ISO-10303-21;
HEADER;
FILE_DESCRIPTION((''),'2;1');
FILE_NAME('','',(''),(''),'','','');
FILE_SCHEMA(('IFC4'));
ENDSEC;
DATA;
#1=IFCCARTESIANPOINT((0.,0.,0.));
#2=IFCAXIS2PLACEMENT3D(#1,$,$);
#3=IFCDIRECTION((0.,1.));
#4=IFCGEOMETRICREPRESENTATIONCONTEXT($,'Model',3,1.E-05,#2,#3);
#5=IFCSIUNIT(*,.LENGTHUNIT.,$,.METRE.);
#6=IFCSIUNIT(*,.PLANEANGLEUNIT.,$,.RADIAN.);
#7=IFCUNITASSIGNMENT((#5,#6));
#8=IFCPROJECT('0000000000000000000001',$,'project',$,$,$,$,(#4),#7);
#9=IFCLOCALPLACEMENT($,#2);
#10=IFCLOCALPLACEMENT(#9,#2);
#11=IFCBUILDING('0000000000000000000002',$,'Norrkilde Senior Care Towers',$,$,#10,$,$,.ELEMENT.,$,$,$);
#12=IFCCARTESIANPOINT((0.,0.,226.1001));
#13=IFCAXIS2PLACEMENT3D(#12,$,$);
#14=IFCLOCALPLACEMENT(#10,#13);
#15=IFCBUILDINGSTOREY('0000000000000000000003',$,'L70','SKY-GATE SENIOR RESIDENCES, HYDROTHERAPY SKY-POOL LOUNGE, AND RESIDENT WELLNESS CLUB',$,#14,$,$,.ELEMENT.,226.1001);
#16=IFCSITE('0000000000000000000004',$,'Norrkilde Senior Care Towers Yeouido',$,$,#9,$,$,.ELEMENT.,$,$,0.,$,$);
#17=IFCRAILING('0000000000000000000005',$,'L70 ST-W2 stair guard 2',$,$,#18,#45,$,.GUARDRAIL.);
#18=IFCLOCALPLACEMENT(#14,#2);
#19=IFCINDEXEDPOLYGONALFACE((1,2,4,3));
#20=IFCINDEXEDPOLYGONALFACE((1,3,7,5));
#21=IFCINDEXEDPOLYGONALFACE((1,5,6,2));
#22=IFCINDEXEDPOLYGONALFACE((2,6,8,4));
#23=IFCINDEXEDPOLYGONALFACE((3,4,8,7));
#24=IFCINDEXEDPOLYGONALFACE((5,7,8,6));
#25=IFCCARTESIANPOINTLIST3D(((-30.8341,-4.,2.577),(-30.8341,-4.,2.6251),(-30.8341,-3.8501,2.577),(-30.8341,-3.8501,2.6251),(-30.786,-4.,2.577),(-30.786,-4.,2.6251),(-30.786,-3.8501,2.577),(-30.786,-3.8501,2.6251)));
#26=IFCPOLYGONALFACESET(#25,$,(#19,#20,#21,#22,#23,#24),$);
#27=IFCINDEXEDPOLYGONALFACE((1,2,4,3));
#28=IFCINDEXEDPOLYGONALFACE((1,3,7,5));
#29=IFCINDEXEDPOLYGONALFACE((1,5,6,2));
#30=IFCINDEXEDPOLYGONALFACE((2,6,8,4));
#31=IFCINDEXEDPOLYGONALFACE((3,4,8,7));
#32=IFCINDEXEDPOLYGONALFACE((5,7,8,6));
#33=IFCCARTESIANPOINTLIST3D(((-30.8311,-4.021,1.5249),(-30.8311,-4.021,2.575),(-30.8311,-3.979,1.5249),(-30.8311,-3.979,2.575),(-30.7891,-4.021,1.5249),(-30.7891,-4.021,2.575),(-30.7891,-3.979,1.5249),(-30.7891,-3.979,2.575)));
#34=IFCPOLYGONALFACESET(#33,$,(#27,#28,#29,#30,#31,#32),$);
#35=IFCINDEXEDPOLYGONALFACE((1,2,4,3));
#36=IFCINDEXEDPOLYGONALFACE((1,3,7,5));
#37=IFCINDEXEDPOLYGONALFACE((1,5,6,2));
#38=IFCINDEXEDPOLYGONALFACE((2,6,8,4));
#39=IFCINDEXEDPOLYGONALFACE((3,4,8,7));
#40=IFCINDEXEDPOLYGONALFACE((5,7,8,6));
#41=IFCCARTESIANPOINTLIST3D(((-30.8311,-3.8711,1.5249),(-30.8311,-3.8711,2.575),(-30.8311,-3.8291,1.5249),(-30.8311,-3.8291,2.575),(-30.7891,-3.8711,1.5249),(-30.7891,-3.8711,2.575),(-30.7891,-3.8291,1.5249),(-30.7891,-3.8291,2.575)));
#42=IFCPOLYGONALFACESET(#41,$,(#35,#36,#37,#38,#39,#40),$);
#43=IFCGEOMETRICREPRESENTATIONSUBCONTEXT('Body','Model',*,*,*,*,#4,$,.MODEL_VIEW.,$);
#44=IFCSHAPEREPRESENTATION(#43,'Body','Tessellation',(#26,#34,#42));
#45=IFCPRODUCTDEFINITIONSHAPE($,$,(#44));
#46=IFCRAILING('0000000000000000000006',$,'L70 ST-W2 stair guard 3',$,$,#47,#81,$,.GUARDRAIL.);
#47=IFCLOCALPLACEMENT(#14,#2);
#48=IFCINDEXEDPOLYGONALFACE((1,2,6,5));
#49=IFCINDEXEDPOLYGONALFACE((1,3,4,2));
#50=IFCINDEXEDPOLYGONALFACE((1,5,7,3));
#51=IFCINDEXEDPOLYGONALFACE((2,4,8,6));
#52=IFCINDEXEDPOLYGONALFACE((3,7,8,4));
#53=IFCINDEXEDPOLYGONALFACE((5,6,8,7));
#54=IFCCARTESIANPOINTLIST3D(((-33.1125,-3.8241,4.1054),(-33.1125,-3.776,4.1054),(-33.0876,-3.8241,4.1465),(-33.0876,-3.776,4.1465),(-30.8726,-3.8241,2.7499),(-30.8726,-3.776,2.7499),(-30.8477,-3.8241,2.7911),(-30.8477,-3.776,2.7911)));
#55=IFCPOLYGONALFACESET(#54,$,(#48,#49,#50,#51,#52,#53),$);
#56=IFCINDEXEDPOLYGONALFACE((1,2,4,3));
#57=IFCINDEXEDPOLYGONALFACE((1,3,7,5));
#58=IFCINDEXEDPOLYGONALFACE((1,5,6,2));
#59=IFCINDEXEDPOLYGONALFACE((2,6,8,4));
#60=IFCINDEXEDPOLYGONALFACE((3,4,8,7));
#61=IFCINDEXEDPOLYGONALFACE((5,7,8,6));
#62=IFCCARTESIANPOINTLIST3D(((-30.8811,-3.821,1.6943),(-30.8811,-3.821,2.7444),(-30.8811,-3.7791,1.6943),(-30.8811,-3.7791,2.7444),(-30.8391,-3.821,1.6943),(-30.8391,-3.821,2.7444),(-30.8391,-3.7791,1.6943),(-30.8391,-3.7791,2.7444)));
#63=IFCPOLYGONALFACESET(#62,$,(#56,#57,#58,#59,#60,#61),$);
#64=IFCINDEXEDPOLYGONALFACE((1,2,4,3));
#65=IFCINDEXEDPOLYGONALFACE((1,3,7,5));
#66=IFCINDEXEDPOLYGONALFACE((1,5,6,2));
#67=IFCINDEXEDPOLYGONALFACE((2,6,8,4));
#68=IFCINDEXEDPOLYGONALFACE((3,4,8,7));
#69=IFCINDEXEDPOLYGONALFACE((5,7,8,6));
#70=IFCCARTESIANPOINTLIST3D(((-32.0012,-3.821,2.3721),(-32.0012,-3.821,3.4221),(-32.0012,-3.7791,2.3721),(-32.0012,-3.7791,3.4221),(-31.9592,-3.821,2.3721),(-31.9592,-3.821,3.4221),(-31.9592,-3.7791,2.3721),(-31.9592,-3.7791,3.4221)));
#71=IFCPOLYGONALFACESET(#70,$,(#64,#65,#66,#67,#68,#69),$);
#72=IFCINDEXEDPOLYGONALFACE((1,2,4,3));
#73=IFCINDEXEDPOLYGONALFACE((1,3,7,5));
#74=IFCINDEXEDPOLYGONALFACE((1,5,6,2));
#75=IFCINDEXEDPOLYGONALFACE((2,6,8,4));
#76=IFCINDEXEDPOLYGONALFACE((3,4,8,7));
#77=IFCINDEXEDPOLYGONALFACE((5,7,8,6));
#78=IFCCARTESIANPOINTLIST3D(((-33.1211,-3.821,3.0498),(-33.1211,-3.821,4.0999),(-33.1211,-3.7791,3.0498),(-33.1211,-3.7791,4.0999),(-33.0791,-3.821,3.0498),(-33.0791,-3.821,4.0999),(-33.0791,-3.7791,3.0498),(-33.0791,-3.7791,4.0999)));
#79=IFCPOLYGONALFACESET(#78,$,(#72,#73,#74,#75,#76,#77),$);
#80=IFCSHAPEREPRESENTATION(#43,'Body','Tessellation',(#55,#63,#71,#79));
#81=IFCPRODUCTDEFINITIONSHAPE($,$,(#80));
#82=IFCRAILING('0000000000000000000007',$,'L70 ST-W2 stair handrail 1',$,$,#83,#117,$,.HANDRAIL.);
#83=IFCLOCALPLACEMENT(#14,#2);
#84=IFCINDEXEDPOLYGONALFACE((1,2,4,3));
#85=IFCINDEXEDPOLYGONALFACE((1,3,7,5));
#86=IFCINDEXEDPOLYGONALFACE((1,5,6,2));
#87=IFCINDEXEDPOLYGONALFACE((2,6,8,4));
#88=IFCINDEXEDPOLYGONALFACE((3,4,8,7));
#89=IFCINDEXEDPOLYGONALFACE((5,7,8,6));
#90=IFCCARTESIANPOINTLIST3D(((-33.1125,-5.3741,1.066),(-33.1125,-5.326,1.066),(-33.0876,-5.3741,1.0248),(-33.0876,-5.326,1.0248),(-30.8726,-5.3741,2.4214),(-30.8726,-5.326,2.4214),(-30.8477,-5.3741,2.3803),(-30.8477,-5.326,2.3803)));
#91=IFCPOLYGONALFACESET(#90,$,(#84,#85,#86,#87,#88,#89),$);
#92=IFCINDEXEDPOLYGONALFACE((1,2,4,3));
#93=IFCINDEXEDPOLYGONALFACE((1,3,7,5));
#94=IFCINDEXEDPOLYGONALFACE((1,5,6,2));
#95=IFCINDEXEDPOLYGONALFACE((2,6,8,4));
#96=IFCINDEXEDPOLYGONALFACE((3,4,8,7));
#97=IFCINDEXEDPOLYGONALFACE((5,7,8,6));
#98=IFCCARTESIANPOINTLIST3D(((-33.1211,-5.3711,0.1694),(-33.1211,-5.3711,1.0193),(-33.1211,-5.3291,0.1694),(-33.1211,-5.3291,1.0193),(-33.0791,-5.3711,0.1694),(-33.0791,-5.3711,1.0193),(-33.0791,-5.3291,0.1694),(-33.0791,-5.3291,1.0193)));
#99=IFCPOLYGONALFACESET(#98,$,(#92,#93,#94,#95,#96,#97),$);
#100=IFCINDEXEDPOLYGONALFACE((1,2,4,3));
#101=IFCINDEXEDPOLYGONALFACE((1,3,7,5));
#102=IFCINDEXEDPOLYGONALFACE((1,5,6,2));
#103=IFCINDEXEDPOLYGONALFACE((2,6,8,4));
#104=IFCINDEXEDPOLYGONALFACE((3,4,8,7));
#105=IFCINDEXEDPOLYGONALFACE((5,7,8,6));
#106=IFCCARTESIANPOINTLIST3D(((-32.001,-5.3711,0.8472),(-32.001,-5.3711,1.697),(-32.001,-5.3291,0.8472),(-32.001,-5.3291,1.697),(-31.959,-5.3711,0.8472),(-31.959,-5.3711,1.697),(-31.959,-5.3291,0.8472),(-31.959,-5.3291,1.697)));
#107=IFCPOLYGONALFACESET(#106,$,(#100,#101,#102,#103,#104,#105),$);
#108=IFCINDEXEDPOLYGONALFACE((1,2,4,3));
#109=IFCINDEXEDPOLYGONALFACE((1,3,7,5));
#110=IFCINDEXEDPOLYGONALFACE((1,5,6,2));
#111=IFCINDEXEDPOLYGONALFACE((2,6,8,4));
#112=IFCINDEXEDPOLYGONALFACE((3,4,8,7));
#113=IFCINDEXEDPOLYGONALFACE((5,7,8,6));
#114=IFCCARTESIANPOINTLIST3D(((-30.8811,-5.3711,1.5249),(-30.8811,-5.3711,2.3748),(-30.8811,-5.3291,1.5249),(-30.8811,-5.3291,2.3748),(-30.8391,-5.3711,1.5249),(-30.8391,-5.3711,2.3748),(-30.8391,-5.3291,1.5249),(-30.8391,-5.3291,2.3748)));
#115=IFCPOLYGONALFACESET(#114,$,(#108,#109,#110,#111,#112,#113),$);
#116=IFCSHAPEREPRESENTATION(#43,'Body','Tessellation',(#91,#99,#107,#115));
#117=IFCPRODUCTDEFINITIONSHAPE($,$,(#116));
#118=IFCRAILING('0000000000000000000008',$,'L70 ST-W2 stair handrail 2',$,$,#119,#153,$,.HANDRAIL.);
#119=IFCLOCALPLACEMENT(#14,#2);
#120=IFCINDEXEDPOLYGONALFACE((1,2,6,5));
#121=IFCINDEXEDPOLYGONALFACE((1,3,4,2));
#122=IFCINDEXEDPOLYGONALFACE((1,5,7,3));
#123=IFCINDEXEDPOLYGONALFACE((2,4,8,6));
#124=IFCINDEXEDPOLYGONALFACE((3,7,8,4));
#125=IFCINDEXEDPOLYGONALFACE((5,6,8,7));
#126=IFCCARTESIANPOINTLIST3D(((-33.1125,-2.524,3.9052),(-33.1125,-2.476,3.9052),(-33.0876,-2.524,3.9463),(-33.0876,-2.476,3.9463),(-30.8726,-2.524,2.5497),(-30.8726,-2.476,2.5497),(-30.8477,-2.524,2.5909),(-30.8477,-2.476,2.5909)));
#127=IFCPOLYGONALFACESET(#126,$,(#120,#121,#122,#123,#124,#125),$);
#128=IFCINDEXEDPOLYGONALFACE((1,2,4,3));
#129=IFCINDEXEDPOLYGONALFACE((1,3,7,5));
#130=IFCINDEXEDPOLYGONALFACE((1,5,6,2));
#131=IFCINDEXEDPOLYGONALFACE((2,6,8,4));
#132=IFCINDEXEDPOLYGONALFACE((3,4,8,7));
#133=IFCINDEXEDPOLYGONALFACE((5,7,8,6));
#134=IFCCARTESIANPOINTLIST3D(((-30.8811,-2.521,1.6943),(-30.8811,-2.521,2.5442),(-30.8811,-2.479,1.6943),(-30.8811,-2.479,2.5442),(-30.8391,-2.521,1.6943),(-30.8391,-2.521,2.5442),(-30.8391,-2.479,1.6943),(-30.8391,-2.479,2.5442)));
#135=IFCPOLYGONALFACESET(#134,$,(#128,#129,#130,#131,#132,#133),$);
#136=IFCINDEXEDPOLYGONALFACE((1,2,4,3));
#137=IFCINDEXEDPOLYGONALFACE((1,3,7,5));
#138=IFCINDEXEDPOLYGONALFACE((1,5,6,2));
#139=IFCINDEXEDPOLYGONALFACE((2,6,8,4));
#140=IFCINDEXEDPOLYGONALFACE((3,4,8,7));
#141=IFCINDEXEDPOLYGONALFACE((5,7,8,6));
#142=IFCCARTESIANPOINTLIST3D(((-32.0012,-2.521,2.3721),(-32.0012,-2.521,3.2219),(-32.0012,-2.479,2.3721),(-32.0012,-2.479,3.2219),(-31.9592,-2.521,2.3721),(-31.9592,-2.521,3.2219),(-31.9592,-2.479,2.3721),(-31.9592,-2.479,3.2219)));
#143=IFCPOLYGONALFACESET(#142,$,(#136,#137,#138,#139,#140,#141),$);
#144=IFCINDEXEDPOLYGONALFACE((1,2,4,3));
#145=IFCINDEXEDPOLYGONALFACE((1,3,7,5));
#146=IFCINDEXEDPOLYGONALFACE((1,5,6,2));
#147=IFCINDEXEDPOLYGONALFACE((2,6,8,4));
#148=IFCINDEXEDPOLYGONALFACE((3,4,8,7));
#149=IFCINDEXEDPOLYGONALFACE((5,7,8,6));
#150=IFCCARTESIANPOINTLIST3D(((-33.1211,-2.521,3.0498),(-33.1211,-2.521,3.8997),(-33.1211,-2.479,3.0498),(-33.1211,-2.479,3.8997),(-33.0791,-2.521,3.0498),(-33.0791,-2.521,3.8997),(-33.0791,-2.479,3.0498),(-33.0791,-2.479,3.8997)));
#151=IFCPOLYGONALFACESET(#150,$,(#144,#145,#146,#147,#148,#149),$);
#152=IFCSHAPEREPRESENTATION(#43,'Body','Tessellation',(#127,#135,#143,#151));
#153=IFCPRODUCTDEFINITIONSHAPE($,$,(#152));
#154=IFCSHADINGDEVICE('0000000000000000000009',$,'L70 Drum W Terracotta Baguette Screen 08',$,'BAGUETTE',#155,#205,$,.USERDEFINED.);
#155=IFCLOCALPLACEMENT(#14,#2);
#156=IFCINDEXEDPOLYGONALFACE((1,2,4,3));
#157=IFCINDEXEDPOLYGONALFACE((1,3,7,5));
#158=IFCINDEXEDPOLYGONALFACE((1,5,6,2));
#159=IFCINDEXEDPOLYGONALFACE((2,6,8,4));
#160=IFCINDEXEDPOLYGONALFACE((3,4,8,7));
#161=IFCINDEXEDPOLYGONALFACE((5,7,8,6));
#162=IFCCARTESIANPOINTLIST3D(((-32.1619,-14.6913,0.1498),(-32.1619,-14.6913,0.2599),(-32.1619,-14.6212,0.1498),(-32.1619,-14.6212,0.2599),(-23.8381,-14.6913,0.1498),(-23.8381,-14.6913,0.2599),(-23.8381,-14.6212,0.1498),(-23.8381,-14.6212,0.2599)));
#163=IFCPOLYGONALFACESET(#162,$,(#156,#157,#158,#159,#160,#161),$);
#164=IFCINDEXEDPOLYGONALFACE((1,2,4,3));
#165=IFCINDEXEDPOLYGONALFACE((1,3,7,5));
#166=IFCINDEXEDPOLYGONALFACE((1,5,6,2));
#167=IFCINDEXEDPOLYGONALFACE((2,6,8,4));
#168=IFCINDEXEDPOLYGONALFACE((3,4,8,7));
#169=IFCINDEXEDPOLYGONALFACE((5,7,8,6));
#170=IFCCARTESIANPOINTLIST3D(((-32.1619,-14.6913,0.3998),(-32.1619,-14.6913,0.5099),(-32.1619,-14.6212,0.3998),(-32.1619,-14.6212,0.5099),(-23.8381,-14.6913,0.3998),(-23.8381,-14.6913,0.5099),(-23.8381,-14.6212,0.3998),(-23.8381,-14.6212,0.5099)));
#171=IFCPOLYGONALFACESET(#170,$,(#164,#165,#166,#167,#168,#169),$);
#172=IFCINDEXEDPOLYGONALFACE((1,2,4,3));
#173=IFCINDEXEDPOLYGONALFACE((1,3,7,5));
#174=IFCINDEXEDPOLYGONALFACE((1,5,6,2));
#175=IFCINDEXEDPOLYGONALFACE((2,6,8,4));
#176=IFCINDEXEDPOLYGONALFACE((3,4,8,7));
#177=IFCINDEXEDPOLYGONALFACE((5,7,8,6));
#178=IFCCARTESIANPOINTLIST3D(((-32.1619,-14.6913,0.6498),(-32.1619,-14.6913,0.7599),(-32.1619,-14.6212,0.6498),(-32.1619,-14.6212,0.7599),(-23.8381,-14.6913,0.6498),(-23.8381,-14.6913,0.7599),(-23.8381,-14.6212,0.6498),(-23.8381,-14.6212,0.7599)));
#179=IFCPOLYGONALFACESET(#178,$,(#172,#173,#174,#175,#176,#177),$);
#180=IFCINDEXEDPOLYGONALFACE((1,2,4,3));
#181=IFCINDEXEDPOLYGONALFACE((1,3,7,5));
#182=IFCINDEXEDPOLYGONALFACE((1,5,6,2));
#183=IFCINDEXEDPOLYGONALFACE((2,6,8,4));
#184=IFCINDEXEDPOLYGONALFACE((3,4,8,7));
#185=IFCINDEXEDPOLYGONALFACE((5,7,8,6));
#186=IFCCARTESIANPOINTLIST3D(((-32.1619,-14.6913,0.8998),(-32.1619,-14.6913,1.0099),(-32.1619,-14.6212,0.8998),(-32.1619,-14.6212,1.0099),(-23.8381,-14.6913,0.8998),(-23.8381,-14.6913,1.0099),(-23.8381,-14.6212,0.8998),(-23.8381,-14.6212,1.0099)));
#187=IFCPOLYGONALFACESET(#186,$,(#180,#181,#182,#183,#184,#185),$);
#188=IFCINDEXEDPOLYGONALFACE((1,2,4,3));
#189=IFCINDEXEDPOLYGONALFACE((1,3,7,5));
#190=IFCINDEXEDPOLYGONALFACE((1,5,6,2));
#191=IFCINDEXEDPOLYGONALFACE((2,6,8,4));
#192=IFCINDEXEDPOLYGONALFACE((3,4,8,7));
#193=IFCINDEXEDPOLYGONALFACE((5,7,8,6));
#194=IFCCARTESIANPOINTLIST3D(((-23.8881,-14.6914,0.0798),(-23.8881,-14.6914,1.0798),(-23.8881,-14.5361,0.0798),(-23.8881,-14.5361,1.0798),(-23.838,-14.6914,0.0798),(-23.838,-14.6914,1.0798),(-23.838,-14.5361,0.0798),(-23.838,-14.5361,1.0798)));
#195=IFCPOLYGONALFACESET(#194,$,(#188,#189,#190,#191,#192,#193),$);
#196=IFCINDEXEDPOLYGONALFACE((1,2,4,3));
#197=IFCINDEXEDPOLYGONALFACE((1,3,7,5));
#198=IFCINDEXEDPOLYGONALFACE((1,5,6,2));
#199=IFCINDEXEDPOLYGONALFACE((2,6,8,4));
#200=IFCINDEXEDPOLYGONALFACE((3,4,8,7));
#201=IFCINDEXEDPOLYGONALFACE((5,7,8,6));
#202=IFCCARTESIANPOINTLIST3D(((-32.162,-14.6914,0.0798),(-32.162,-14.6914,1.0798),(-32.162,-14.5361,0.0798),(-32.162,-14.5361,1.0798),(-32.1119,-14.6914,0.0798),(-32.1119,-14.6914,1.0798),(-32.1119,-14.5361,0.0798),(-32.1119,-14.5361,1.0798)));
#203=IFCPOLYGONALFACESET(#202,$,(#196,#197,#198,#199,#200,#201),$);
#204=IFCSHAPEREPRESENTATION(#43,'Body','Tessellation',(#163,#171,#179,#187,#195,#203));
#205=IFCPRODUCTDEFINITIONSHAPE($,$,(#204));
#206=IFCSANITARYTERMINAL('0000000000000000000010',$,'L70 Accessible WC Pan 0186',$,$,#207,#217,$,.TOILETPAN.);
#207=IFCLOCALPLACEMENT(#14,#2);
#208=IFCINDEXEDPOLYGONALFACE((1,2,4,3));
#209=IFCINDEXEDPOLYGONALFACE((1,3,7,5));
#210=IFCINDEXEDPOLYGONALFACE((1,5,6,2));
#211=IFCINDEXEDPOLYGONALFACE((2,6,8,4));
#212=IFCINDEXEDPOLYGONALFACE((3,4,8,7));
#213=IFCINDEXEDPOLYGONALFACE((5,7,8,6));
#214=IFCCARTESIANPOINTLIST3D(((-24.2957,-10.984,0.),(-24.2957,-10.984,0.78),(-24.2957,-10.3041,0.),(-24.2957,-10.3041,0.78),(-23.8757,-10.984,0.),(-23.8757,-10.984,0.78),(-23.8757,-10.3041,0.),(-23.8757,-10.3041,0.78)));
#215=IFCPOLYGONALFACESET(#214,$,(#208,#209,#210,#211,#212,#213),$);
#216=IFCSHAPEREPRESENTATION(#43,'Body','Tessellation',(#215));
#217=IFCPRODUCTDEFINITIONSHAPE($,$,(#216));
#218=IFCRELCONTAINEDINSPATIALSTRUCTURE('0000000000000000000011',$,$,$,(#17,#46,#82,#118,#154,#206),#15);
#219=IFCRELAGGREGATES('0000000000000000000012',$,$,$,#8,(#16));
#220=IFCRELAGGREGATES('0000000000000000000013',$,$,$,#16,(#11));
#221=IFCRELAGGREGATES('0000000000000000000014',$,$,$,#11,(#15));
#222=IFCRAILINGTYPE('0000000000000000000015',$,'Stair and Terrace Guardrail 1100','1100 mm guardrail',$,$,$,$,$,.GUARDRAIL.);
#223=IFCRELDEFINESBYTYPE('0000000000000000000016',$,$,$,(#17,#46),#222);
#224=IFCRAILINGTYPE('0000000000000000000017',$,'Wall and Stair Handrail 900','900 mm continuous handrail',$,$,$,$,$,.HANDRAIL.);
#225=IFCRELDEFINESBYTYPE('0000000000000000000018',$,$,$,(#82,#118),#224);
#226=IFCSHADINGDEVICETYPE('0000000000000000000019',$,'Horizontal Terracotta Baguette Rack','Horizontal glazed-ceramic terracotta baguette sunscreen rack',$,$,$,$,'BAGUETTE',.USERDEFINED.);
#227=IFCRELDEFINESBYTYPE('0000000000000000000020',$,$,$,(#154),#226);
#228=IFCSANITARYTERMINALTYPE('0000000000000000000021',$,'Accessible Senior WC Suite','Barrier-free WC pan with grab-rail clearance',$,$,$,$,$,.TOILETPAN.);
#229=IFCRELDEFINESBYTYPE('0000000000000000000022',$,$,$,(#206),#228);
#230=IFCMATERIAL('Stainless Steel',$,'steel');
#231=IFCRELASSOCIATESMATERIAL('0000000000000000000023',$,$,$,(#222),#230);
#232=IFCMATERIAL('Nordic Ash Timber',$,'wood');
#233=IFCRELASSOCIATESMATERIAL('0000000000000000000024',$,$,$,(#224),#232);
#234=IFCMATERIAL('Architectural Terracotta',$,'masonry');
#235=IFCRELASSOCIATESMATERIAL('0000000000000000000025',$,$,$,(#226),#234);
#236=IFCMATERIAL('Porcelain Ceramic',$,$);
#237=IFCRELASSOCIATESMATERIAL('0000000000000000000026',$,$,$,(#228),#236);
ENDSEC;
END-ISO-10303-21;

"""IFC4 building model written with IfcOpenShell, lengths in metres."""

from ifc_helpers import new_model, si_unit, direction, frame, origin, origin_2d, place, context, subcontext, project, spatial, rectangle, extrude, source, transform, mapped, material, type_object, type_shapes, element, save


model = new_model("IFC4")

# Units and contexts
model_context = context("Model", 3, precision=1e-05, world=origin(), true_north=direction((0.0, 1.0)))
body_context = subcontext(model_context, "Body", "Model", "MODEL_VIEW")
ifc_project = project(units=[si_unit("LENGTHUNIT", "METRE"), si_unit("PLANEANGLEUNIT", "RADIAN")], contexts=[model_context])

# Site, building, storey
site_placement = place(None, origin())
site = spatial("IfcSite", under=ifc_project, at=site_placement, Name="Norrkilde Senior Care Towers Yeouido", CompositionType="ELEMENT", RefElevation=0.0)
building_placement = place(site_placement, origin())
building = spatial("IfcBuilding", under=site, at=building_placement, Name="Norrkilde Senior Care Towers", CompositionType="ELEMENT")
storey_placement = place(building_placement, frame((0.0, 0.0, 226.1001)))
storey = spatial("IfcBuildingStorey", under=building, at=storey_placement, Name="L70", Description="SKY-GATE SENIOR RESIDENCES, HYDROTHERAPY SKY-POOL LOUNGE, AND RESIDENT WELLNESS CLUB", CompositionType="ELEMENT", Elevation=226.1001)

# Shared definitions
ifc_material_1 = material(Name="Stainless Steel", Category="steel")

# Railings
railing_type_1 = type_object("IfcRailingType", Name="Stair and Terrace Guardrail 1100", Description="1100 mm guardrail", PredefinedType="GUARDRAIL", material=ifc_material_1)
railing_1_placement = place(storey_placement, frame((-30.8101, -4.0, 1.5249)))
element("IfcRailing", 1, at=railing_1_placement, inside=storey, type_object=railing_type_1, Name="L70 ST-W2 stair guard 2", PredefinedType="GUARDRAIL", context=body_context, shape_type="SweptSolid", body=[
    extrude(rectangle(XDim=0.0481, YDim=0.0481, at=origin_2d()), frame((0.0, 0.0, 1.0762), z_axis=(0.0, 1.0, 0.0), x_axis=(-1.0, 0.0, 0.0)), (0.0, 0.0, 1.0), 0.1499),
    extrude(rectangle(XDim=0.042, YDim=0.042, at=origin_2d()), origin(), (0.0, 0.0, 1.0), 1.05),
    extrude(rectangle(XDim=0.042, YDim=0.042, at=origin_2d()), frame((0.0, 0.1499, 0.0)), (0.0, 0.0, 1.0), 1.05),
])
railing_2_placement = place(storey_placement, frame((-30.8601, -3.8, 1.6943)))
element("IfcRailing", 2, at=railing_2_placement, inside=storey, type_object=railing_type_1, Name="L70 ST-W2 stair guard 3", PredefinedType="GUARDRAIL", context=body_context, shape_type="SweptSolid", body=[
    extrude(rectangle(XDim=0.0481, YDim=0.0481, at=origin_2d()), frame((0.0, 0.0, 1.0762), z_axis=(-0.855553, 0.0, 0.517715), x_axis=(0.0, -1.0, 0.0)), (0.0, 0.0, 1.0), 2.6182),
    extrude(rectangle(XDim=0.042, YDim=0.042, at=origin_2d()), origin(), (0.0, 0.0, 1.0), 1.05),
    extrude(rectangle(XDim=0.042, YDim=0.042, at=origin_2d()), frame((-1.1201, 0.0, 0.6777)), (0.0, 0.0, 1.0), 1.05),
    extrude(rectangle(XDim=0.042, YDim=0.042, at=origin_2d()), frame((-2.24, 0.0, 1.3555)), (0.0, 0.0, 1.0), 1.05),
])
ifc_material_2 = material(Name="Nordic Ash Timber", Category="wood")
railing_type_2 = type_object("IfcRailingType", Name="Wall and Stair Handrail 900", Description="900 mm continuous handrail", PredefinedType="HANDRAIL", material=ifc_material_2)
railing_3_placement = place(storey_placement, frame((-33.1001, -5.3501, 0.1694)))
element("IfcRailing", 3, at=railing_3_placement, inside=storey, type_object=railing_type_2, Name="L70 ST-W2 stair handrail 1", PredefinedType="HANDRAIL", context=body_context, shape_type="SweptSolid", body=[
    extrude(rectangle(XDim=0.0481, YDim=0.0481, at=origin_2d()), frame((0.0, 0.0, 0.876), z_axis=(0.855553, 0.0, 0.517715), x_axis=(0.0, 1.0, 0.0)), (0.0, 0.0, 1.0), 2.6182),
    extrude(rectangle(XDim=0.042, YDim=0.042, at=origin_2d()), origin(), (0.0, 0.0, 1.0), 0.8499),
    extrude(rectangle(XDim=0.042, YDim=0.042, at=origin_2d()), frame((1.1201, 0.0, 0.6777)), (0.0, 0.0, 1.0), 0.8499),
    extrude(rectangle(XDim=0.042, YDim=0.042, at=origin_2d()), frame((2.24, 0.0, 1.3555)), (0.0, 0.0, 1.0), 0.8499),
])
railing_4_placement = place(storey_placement, frame((-30.8601, -2.5, 1.6943)))
element("IfcRailing", 4, at=railing_4_placement, inside=storey, type_object=railing_type_2, Name="L70 ST-W2 stair handrail 2", PredefinedType="HANDRAIL", context=body_context, shape_type="SweptSolid", body=[
    extrude(rectangle(XDim=0.0481, YDim=0.0481, at=origin_2d()), frame((0.0, 0.0, 0.876), z_axis=(-0.855553, 0.0, 0.517715), x_axis=(0.0, -1.0, 0.0)), (0.0, 0.0, 1.0), 2.6182),
    extrude(rectangle(XDim=0.042, YDim=0.042, at=origin_2d()), origin(), (0.0, 0.0, 1.0), 0.8499),
    extrude(rectangle(XDim=0.042, YDim=0.042, at=origin_2d()), frame((-1.1201, 0.0, 0.6777)), (0.0, 0.0, 1.0), 0.8499),
    extrude(rectangle(XDim=0.042, YDim=0.042, at=origin_2d()), frame((-2.24, 0.0, 1.3555)), (0.0, 0.0, 1.0), 0.8499),
])

# Shading device
ifc_material_3 = material(Name="Architectural Terracotta", Category="masonry")
shading_device_type = type_object("IfcShadingDeviceType", Name="Horizontal Terracotta Baguette Rack", Description="Horizontal glazed-ceramic terracotta baguette sunscreen rack", ElementType="BAGUETTE", PredefinedType="USERDEFINED", material=ifc_material_3)
shared_shape_1 = source(origin(), body_context, "Body", "SweptSolid", [
    extrude(rectangle(XDim=0.0701, YDim=0.1101, at=origin_2d()), frame((0.0, 0.0901, 0.125), z_axis=(1.0, 0.0, 0.0), x_axis=(0.0, 1.0, 0.0)), (0.0, 0.0, 1.0), 8.3237),
    extrude(rectangle(XDim=0.0701, YDim=0.1101, at=origin_2d()), frame((0.0, 0.0901, 0.375), z_axis=(1.0, 0.0, 0.0), x_axis=(0.0, 1.0, 0.0)), (0.0, 0.0, 1.0), 8.3237),
    extrude(rectangle(XDim=0.0701, YDim=0.1101, at=origin_2d()), frame((0.0, 0.0901, 0.625), z_axis=(1.0, 0.0, 0.0), x_axis=(0.0, 1.0, 0.0)), (0.0, 0.0, 1.0), 8.3237),
    extrude(rectangle(XDim=0.0701, YDim=0.1101, at=origin_2d()), frame((0.0, 0.0901, 0.875), z_axis=(1.0, 0.0, 0.0), x_axis=(0.0, 1.0, 0.0)), (0.0, 0.0, 1.0), 8.3237),
    extrude(rectangle(XDim=0.05, YDim=0.1553, at=origin_2d()), frame((0.0249, 0.0476, 0.0)), (0.0, 0.0, 1.0), 1.0),
    extrude(rectangle(XDim=0.05, YDim=0.1553, at=origin_2d()), frame((8.2988, 0.0476, 0.0)), (0.0, 0.0, 1.0), 1.0),
])
type_shapes(shading_device_type, [shared_shape_1])
shading_device_placement = place(storey_placement, frame((-23.8381, -14.5662, 0.0798), z_axis=(0.0, 0.0, 1.0), x_axis=(-1.0, 0.0, 0.0)))
element("IfcShadingDevice", 5, at=shading_device_placement, inside=storey, type_object=shading_device_type, Name="L70 Drum W Terracotta Baguette Screen 08", ObjectType="BAGUETTE", PredefinedType="USERDEFINED", context=body_context, shape_type="MappedRepresentation", body=[
    mapped(shared_shape_1, transform((0.0, 0.0, 0.0), x_axis=(1.0, 0.0, 0.0), y_axis=(0.0, 1.0, 0.0), z_axis=(0.0, 0.0, 1.0), scale=1.0)),
])

# Sanitary terminal
ifc_material_4 = material(Name="Porcelain Ceramic")
sanitary_terminal_type = type_object("IfcSanitaryTerminalType", Name="Accessible Senior WC Suite", Description="Barrier-free WC pan with grab-rail clearance", PredefinedType="TOILETPAN", material=ifc_material_4)
shared_shape_2 = source(origin(), body_context, "Body", "SweptSolid", [
    extrude(rectangle(XDim=0.4199, YDim=0.6799, at=origin_2d()), origin(), (0.0, 0.0, 1.0), 0.78),
])
type_shapes(sanitary_terminal_type, [shared_shape_2])
sanitary_terminal_placement = place(storey_placement, frame((-24.0857, -10.644, 0.0), z_axis=(0.0, 0.0, 1.0), x_axis=(1.0, 0.0, 0.0)))
element("IfcSanitaryTerminal", 6, at=sanitary_terminal_placement, inside=storey, type_object=sanitary_terminal_type, Name="L70 Accessible WC Pan 0186", PredefinedType="TOILETPAN", context=body_context, shape_type="MappedRepresentation", body=[
    mapped(shared_shape_2, transform((0.0, 0.0, 0.0), x_axis=(1.0, 0.0, 0.0), y_axis=(0.0, 1.0, 0.0), z_axis=(0.0, 0.0, 1.0), scale=1.0)),
])

save(model, "model.ifc")
